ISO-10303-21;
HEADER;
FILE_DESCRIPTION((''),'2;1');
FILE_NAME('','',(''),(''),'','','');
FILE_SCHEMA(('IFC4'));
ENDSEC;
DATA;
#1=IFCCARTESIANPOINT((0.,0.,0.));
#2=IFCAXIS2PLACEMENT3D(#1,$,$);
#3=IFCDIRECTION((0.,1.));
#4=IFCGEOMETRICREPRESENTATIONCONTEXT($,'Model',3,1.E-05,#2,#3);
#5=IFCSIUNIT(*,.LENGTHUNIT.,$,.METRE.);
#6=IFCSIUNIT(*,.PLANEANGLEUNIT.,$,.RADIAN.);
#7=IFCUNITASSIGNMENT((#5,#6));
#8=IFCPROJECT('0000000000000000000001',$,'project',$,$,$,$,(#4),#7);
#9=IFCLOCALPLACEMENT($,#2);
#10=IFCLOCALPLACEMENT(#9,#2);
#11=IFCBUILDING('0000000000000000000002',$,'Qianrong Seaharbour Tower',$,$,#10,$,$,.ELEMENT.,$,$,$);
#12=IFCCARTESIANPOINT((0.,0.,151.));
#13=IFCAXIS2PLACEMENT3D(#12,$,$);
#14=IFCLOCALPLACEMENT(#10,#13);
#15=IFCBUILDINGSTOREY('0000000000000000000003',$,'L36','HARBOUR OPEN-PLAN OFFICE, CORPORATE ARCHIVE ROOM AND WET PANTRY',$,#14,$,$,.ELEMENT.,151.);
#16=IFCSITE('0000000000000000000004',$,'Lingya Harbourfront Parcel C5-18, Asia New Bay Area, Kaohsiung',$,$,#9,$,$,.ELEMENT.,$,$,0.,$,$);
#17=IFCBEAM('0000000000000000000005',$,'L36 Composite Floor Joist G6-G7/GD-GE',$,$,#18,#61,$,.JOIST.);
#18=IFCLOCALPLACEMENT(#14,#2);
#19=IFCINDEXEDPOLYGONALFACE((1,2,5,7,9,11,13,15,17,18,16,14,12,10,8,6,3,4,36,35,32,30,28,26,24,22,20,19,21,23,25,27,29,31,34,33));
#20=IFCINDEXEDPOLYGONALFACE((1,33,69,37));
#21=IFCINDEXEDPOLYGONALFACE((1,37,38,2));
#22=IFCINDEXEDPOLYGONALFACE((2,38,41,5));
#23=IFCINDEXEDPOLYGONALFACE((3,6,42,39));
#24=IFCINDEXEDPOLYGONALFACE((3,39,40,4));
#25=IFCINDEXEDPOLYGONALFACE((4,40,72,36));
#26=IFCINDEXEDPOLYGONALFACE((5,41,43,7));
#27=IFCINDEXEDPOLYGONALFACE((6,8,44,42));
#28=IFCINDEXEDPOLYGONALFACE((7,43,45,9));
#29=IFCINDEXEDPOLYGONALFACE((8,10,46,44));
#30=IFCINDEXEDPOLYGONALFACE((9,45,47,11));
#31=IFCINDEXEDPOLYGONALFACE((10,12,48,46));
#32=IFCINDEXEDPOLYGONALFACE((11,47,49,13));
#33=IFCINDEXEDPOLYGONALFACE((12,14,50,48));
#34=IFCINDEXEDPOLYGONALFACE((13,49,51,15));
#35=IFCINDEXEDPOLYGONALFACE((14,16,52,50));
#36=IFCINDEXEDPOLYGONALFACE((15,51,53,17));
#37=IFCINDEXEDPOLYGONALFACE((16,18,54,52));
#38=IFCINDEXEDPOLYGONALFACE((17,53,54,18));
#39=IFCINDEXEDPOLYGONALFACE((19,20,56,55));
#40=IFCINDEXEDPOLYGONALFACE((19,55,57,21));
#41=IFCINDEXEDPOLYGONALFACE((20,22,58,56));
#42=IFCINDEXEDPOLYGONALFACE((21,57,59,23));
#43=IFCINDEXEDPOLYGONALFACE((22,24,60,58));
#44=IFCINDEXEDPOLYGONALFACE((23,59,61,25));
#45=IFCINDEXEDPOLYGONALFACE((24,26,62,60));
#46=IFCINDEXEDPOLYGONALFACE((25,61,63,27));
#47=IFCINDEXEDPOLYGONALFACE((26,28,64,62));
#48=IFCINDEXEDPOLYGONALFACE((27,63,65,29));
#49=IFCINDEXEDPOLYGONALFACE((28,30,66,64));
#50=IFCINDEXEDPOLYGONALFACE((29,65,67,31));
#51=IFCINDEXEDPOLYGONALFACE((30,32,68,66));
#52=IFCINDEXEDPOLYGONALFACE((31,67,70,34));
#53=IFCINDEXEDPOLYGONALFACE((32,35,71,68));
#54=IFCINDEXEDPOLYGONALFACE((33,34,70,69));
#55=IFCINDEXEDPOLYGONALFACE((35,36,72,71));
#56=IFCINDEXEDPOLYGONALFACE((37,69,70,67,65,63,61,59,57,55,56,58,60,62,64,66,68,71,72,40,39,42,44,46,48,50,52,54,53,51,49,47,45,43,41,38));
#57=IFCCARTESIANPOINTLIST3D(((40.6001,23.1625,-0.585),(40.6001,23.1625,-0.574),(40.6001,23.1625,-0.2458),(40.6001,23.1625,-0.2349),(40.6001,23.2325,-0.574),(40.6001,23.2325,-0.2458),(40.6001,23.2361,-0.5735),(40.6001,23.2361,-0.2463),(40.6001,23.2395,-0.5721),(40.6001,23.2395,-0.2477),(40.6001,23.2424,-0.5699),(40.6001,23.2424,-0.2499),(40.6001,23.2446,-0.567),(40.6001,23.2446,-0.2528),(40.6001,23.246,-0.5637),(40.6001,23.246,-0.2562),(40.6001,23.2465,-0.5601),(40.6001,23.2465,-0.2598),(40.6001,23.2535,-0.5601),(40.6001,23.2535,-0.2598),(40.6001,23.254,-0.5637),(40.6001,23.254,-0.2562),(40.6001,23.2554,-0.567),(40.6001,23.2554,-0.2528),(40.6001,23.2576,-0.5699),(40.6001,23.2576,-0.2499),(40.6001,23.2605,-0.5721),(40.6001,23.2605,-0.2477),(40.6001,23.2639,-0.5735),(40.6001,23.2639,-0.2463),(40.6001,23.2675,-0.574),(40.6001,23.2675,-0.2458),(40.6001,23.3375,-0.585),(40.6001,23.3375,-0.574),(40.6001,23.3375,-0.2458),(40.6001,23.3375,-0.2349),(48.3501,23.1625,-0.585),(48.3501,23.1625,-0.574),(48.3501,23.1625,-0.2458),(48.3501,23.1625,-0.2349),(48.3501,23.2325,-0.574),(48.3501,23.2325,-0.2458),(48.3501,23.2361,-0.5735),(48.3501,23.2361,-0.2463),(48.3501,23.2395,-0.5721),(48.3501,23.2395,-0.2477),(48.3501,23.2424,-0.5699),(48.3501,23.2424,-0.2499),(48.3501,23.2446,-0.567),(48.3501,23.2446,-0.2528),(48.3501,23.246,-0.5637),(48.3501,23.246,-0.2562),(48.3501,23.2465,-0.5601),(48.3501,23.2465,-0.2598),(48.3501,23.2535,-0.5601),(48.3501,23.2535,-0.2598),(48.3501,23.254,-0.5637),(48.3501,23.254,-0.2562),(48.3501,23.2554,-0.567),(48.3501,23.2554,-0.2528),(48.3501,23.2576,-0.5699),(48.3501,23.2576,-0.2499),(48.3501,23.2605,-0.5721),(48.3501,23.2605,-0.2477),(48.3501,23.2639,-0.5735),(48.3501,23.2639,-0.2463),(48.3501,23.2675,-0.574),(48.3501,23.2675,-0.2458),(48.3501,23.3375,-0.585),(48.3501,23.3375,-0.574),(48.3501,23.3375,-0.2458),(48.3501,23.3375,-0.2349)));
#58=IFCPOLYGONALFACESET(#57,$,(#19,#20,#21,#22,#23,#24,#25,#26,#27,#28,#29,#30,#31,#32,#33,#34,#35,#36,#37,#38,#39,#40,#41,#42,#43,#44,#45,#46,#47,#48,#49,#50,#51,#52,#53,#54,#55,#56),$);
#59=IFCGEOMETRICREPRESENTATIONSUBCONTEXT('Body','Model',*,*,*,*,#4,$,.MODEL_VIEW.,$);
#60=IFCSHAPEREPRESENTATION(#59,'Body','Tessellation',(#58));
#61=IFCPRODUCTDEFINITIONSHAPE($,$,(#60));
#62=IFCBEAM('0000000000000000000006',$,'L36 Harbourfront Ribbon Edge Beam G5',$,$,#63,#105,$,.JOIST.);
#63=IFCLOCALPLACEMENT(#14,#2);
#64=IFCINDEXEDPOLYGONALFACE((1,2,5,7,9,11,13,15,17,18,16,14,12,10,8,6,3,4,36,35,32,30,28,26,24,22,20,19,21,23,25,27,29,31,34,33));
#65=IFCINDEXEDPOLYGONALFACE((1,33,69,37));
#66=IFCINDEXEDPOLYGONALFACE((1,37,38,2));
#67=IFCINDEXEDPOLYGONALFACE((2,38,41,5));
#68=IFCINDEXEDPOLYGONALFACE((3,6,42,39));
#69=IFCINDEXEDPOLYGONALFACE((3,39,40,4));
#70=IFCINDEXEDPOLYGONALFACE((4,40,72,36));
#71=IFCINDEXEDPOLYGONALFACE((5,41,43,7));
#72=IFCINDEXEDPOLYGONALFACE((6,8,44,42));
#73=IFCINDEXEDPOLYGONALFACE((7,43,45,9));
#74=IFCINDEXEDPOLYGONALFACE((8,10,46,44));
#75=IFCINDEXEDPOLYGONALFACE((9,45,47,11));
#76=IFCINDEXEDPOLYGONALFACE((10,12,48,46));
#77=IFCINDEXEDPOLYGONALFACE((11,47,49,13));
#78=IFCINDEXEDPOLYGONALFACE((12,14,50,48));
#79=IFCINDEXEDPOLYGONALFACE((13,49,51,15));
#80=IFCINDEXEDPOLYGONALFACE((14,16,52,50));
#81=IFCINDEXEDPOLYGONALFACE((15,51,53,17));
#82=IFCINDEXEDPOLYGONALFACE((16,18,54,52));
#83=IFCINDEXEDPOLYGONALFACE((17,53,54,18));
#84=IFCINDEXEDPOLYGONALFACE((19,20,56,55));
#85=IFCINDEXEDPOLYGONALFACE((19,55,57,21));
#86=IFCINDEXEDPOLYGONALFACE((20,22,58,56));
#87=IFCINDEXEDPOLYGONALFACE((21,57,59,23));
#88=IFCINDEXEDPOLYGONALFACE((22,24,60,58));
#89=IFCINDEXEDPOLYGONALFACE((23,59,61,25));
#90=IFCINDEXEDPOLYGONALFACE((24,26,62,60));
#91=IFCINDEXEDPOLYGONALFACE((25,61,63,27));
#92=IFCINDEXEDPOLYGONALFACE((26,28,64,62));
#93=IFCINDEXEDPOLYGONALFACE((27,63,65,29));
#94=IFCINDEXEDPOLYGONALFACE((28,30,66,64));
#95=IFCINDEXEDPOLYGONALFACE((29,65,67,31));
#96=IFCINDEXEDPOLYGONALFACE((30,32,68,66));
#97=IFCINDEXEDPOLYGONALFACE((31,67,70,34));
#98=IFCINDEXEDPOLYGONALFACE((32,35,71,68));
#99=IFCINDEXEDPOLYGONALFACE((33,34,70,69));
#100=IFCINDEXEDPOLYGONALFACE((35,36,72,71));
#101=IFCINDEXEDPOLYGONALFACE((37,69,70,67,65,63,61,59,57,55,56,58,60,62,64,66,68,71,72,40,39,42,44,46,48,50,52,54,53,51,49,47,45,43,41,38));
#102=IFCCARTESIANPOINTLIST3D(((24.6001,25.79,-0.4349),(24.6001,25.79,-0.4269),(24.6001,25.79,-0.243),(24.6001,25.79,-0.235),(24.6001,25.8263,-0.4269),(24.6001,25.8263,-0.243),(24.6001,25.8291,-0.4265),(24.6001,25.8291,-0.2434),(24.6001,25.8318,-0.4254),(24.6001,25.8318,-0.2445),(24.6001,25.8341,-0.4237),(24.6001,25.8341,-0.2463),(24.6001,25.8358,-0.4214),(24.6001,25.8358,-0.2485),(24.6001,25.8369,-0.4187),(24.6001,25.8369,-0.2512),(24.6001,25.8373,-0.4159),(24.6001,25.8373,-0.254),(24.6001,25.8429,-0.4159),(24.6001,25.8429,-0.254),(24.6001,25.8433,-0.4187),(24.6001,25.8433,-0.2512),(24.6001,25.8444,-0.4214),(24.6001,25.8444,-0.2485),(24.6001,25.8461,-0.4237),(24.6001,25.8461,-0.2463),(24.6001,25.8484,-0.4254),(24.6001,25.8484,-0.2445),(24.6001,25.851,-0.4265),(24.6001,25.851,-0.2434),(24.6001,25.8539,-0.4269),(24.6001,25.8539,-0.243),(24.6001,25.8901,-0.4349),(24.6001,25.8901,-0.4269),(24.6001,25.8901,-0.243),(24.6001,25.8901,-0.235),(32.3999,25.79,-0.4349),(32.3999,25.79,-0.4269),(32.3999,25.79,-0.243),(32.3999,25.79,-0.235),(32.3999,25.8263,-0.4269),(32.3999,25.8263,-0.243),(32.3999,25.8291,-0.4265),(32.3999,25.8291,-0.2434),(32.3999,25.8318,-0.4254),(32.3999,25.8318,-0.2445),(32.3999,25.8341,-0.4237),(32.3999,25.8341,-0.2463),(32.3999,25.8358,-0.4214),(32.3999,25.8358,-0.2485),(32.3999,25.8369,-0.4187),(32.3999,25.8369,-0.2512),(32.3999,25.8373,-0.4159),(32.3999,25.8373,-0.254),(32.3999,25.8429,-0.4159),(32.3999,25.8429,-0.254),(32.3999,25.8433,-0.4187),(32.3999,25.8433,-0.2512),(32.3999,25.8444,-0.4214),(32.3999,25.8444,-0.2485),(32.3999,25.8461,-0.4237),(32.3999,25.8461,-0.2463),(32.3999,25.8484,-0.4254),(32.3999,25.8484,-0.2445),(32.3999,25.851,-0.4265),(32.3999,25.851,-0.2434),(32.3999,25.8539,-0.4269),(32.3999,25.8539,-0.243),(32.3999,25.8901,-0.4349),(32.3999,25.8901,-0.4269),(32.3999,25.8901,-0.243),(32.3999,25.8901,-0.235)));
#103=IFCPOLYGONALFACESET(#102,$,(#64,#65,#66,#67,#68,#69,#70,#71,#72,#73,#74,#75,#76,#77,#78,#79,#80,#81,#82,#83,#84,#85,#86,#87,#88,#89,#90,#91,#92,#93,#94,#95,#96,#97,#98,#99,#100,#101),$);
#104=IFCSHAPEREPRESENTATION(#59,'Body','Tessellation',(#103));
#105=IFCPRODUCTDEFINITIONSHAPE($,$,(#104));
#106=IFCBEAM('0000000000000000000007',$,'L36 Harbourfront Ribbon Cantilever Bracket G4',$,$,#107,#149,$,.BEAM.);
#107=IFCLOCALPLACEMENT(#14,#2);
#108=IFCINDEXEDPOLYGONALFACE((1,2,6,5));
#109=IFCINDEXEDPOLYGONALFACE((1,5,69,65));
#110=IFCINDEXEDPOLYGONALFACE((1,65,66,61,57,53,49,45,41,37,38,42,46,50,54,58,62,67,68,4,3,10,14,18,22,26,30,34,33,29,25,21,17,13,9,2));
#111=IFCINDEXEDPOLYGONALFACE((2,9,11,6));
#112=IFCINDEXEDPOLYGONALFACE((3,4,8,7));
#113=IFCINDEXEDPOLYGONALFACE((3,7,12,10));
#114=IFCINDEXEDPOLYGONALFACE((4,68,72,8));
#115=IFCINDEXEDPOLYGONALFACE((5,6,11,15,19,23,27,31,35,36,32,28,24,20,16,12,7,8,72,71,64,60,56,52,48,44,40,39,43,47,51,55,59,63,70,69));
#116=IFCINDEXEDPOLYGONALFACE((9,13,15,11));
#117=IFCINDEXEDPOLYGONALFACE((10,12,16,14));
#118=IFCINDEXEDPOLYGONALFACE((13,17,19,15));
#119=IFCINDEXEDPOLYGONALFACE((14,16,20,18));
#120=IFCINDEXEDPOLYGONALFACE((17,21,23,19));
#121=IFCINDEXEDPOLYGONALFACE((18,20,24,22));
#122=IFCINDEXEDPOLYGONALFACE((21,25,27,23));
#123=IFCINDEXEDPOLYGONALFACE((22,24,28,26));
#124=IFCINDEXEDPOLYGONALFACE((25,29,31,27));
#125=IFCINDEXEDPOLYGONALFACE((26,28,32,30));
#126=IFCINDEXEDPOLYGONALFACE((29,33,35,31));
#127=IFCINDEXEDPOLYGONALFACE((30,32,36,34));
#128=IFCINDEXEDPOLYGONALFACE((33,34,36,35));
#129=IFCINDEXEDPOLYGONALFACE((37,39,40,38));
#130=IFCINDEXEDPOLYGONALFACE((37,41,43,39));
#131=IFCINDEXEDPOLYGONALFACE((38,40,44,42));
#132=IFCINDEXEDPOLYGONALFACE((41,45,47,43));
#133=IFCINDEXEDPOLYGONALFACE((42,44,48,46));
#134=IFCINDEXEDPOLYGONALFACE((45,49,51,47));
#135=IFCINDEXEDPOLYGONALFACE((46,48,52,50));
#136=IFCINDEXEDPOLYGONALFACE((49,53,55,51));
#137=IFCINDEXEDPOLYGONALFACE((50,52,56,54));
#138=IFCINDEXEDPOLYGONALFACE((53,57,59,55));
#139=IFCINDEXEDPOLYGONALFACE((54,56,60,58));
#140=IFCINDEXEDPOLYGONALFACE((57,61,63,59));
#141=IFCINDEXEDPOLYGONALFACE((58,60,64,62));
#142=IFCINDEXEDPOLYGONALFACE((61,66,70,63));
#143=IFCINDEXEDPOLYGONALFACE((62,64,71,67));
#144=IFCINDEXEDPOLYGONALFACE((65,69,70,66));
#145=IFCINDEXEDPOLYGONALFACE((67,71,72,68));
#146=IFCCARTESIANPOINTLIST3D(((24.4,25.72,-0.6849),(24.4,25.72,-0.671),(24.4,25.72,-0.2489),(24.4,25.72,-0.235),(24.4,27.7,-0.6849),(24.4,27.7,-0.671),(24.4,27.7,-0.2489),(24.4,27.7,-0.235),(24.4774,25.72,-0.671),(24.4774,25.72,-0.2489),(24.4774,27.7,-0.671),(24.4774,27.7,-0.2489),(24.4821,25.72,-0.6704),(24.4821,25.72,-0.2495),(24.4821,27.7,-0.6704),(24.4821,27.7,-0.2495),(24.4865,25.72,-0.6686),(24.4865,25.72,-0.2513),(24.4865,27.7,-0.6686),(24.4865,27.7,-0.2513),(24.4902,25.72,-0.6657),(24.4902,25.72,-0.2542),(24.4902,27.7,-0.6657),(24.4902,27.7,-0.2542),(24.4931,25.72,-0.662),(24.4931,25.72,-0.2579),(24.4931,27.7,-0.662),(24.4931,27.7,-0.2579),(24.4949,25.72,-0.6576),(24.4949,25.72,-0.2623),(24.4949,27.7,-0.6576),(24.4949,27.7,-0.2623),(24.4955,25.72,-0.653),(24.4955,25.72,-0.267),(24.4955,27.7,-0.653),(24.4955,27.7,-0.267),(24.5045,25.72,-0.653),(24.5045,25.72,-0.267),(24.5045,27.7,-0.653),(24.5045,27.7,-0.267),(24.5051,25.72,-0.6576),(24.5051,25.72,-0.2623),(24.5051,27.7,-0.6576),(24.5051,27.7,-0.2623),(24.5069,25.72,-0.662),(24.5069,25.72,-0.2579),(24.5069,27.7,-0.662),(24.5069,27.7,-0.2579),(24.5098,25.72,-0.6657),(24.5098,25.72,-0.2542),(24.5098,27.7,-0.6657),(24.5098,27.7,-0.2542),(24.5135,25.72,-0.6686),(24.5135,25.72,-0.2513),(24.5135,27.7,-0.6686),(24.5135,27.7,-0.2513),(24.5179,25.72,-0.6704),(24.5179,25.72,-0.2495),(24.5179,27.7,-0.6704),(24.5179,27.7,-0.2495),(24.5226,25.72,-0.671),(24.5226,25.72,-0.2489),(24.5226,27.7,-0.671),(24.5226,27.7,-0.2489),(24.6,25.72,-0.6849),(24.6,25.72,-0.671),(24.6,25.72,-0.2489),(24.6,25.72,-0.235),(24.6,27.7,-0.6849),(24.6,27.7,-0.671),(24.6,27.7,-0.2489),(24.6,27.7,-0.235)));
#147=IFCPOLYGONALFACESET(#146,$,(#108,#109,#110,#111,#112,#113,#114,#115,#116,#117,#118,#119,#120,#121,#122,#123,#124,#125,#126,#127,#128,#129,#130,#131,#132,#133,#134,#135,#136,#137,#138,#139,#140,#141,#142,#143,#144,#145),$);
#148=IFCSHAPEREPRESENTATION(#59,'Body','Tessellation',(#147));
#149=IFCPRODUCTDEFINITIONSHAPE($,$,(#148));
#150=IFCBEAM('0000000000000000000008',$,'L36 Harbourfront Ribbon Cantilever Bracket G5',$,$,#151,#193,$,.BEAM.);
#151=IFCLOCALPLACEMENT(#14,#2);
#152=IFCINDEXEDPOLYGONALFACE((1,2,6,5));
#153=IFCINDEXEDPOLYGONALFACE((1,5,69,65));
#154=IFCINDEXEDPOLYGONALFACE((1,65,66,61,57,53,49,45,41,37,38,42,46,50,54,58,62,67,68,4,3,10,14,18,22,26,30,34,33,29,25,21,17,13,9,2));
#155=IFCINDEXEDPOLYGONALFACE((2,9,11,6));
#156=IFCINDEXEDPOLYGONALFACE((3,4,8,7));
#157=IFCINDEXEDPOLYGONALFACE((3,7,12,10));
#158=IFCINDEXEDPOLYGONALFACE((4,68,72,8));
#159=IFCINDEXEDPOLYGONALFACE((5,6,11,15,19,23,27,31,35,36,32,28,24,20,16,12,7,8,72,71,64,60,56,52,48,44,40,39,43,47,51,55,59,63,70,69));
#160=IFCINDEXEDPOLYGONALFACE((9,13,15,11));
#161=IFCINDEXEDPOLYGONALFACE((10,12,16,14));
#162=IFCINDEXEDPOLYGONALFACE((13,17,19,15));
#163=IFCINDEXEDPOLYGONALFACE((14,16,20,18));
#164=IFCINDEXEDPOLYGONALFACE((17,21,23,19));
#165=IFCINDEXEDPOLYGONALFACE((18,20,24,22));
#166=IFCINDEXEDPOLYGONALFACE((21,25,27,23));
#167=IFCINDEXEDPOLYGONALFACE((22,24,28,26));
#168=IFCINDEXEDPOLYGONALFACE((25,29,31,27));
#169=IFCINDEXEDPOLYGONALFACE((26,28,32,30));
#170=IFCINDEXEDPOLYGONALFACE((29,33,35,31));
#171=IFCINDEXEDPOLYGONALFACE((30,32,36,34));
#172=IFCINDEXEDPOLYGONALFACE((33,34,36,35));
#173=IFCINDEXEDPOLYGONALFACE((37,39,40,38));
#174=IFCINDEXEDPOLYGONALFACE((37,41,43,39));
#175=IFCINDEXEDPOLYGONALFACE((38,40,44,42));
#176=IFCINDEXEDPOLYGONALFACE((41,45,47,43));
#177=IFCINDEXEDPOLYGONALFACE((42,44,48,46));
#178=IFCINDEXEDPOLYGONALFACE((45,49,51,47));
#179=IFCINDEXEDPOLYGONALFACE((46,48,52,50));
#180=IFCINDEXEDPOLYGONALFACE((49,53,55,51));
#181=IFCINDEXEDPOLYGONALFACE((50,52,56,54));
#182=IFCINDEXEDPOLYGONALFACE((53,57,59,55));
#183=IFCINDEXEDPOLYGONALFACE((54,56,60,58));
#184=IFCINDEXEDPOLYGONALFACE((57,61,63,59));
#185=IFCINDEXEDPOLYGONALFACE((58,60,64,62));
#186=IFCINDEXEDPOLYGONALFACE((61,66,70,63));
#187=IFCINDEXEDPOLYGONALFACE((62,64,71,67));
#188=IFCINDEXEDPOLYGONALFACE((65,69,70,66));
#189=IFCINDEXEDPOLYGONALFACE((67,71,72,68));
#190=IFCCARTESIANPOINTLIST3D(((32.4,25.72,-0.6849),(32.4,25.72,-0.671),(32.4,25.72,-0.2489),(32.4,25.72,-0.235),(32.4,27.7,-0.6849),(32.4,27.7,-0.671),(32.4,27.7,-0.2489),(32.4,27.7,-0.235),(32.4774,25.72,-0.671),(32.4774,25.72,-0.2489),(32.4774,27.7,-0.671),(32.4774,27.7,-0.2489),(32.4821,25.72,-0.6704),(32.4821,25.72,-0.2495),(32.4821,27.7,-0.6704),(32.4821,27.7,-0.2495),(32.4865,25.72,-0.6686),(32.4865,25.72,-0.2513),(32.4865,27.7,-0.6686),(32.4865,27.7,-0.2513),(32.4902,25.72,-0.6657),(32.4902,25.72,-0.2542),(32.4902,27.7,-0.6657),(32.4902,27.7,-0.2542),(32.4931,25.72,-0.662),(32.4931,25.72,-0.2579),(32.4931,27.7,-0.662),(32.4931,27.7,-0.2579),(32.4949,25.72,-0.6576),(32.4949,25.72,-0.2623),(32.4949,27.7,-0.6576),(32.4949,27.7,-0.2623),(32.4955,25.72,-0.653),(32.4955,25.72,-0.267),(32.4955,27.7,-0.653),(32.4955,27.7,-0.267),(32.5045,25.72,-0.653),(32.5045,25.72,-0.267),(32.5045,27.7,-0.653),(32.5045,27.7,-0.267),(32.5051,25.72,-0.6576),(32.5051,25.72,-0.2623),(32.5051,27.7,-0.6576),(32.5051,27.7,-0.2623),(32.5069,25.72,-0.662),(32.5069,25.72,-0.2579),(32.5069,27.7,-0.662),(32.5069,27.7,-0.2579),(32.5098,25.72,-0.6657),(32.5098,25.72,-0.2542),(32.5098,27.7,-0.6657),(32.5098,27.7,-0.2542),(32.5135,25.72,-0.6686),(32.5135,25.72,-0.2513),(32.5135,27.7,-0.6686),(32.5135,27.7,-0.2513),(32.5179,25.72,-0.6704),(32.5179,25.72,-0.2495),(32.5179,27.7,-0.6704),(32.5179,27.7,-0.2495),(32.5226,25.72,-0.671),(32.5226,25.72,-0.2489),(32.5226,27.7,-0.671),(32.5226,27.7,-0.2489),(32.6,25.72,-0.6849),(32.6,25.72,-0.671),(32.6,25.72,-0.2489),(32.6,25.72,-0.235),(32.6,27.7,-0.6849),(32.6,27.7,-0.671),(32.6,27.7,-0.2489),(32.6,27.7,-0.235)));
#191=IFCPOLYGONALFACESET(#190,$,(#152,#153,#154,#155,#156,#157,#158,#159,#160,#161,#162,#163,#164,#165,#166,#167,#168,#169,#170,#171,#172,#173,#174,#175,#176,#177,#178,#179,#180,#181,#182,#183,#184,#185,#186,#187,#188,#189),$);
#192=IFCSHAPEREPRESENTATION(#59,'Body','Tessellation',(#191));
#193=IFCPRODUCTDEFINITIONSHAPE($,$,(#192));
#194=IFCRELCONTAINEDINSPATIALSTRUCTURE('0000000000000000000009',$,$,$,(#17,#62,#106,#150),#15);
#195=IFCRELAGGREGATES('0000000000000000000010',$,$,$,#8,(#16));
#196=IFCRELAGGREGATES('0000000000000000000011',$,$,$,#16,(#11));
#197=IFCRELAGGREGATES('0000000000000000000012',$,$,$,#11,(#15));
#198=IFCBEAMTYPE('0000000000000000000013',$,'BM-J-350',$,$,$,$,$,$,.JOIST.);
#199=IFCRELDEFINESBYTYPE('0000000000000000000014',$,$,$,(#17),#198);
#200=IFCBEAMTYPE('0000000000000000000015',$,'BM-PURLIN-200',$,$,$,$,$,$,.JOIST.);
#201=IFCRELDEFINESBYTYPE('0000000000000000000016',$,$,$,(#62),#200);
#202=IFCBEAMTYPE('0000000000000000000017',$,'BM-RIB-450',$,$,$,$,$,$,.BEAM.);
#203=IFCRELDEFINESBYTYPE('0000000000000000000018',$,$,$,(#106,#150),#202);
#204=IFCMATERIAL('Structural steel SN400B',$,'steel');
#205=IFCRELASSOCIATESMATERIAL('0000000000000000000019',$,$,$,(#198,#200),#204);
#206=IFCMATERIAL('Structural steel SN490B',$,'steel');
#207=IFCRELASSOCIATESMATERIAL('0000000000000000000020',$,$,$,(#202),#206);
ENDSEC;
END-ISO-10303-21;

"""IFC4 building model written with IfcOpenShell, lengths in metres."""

from ifc_helpers import new_model, si_unit, direction, frame, origin, origin_2d, place, context, subcontext, project, spatial, i_section, extrude, material, material_profile, profile_set, type_object, element, save


model = new_model("IFC4")

# Units and contexts
model_context = context("Model", 3, precision=1e-05, world=origin(), true_north=direction((0.0, 1.0)))
body_context = subcontext(model_context, "Body", "Model", "MODEL_VIEW")
ifc_project = project(units=[si_unit("LENGTHUNIT", "METRE"), si_unit("PLANEANGLEUNIT", "RADIAN")], contexts=[model_context])

# Site, building, storey
site_placement = place(None, origin())
site = spatial("IfcSite", under=ifc_project, at=site_placement, Name="Lingya Harbourfront Parcel C5-18, Asia New Bay Area, Kaohsiung", CompositionType="ELEMENT", RefElevation=0.0)
building_placement = place(site_placement, origin())
building = spatial("IfcBuilding", under=site, at=building_placement, Name="Qianrong Seaharbour Tower", CompositionType="ELEMENT")
storey_placement = place(building_placement, frame((0.0, 0.0, 151.0)))
storey = spatial("IfcBuildingStorey", under=building, at=storey_placement, Name="L36", Description="HARBOUR OPEN-PLAN OFFICE, CORPORATE ARCHIVE ROOM AND WET PANTRY", CompositionType="ELEMENT", Elevation=151.0)

# Shared definitions
ifc_material_1 = material(Name="Structural steel SN490B", Category="steel")

# Beams
ifc_material_2 = material(Name="Structural steel SN400B", Category="steel")
ifc_material_profile_1 = material_profile(ifc_material_2, i_section(OverallWidth=0.175, OverallDepth=0.3501, WebThickness=0.0071, FlangeThickness=0.011, FilletRadius=0.0139, at=origin_2d()), Name="H350x175x7x11")
ifc_profile_set_1 = profile_set([ifc_material_profile_1], Name="Structural steel SN400B")
beam_type_1 = type_object("IfcBeamType", Name="BM-J-350", PredefinedType="JOIST", material=ifc_profile_set_1)
beam_1_placement = place(storey_placement, frame((40.6001, 23.25, -0.4099), z_axis=(1.0, 0.0, 0.0), x_axis=(0.0, 1.0, 0.0)))
element("IfcBeam", 1, at=beam_1_placement, inside=storey, type_object=beam_type_1, Name="L36 Composite Floor Joist G6-G7/GD-GE", PredefinedType="JOIST", context=body_context, shape_type="SweptSolid", body=[
    extrude(i_section(OverallWidth=0.175, OverallDepth=0.3501, WebThickness=0.0071, FlangeThickness=0.011, FilletRadius=0.0139, at=origin_2d()), origin(), (0.0, 0.0, 1.0), 7.75),
])
ifc_material_profile_2 = material_profile(ifc_material_2, i_section(OverallWidth=0.1001, OverallDepth=0.2, WebThickness=0.0056, FlangeThickness=0.0081, FilletRadius=0.011, at=origin_2d()), Name="H200x100x5.5x8")
ifc_profile_set_2 = profile_set([ifc_material_profile_2], Name="Structural steel SN400B")
beam_type_2 = type_object("IfcBeamType", Name="BM-PURLIN-200", PredefinedType="JOIST", material=ifc_profile_set_2)
beam_2_placement = place(storey_placement, frame((24.6001, 25.8401, -0.335), z_axis=(1.0, 0.0, 0.0), x_axis=(0.0, 1.0, 0.0)))
element("IfcBeam", 2, at=beam_2_placement, inside=storey, type_object=beam_type_2, Name="L36 Harbourfront Ribbon Edge Beam G5", PredefinedType="JOIST", context=body_context, shape_type="SweptSolid", body=[
    extrude(i_section(OverallWidth=0.1001, OverallDepth=0.2, WebThickness=0.0056, FlangeThickness=0.0081, FilletRadius=0.011, at=origin_2d()), origin(), (0.0, 0.0, 1.0), 7.7998),
])
ifc_material_profile_3 = material_profile(ifc_material_1, i_section(OverallWidth=0.2, OverallDepth=0.45, WebThickness=0.009, FlangeThickness=0.0139, FilletRadius=0.0181, at=origin_2d()), Name="H450x200x9x14")
ifc_profile_set_3 = profile_set([ifc_material_profile_3], Name="Structural steel SN490B")
beam_type_3 = type_object("IfcBeamType", Name="BM-RIB-450", PredefinedType="BEAM", material=ifc_profile_set_3)
for number, where, z_axis, x_axis, name in (
    (3, (24.5, 27.7, -0.46), (0.0, -1.0, 0.0), (1.0, 0.0, 0.0), "L36 Harbourfront Ribbon Cantilever Bracket G4"),
    (4, (32.5, 27.7, -0.46), (0.0, -1.0, 0.0), (1.0, 0.0, 0.0), "L36 Harbourfront Ribbon Cantilever Bracket G5"),
):
    element("IfcBeam", number, at=place(storey_placement, frame(where, z_axis=z_axis, x_axis=x_axis)), inside=storey, type_object=beam_type_3, Name=name, PredefinedType="BEAM", context=body_context, shape_type="SweptSolid", body=[
        extrude(i_section(OverallWidth=0.2, OverallDepth=0.45, WebThickness=0.009, FlangeThickness=0.0139, FilletRadius=0.0181, at=origin_2d()), origin(), (0.0, 0.0, 1.0), 1.98),
    ])

save(model, "model.ifc")
